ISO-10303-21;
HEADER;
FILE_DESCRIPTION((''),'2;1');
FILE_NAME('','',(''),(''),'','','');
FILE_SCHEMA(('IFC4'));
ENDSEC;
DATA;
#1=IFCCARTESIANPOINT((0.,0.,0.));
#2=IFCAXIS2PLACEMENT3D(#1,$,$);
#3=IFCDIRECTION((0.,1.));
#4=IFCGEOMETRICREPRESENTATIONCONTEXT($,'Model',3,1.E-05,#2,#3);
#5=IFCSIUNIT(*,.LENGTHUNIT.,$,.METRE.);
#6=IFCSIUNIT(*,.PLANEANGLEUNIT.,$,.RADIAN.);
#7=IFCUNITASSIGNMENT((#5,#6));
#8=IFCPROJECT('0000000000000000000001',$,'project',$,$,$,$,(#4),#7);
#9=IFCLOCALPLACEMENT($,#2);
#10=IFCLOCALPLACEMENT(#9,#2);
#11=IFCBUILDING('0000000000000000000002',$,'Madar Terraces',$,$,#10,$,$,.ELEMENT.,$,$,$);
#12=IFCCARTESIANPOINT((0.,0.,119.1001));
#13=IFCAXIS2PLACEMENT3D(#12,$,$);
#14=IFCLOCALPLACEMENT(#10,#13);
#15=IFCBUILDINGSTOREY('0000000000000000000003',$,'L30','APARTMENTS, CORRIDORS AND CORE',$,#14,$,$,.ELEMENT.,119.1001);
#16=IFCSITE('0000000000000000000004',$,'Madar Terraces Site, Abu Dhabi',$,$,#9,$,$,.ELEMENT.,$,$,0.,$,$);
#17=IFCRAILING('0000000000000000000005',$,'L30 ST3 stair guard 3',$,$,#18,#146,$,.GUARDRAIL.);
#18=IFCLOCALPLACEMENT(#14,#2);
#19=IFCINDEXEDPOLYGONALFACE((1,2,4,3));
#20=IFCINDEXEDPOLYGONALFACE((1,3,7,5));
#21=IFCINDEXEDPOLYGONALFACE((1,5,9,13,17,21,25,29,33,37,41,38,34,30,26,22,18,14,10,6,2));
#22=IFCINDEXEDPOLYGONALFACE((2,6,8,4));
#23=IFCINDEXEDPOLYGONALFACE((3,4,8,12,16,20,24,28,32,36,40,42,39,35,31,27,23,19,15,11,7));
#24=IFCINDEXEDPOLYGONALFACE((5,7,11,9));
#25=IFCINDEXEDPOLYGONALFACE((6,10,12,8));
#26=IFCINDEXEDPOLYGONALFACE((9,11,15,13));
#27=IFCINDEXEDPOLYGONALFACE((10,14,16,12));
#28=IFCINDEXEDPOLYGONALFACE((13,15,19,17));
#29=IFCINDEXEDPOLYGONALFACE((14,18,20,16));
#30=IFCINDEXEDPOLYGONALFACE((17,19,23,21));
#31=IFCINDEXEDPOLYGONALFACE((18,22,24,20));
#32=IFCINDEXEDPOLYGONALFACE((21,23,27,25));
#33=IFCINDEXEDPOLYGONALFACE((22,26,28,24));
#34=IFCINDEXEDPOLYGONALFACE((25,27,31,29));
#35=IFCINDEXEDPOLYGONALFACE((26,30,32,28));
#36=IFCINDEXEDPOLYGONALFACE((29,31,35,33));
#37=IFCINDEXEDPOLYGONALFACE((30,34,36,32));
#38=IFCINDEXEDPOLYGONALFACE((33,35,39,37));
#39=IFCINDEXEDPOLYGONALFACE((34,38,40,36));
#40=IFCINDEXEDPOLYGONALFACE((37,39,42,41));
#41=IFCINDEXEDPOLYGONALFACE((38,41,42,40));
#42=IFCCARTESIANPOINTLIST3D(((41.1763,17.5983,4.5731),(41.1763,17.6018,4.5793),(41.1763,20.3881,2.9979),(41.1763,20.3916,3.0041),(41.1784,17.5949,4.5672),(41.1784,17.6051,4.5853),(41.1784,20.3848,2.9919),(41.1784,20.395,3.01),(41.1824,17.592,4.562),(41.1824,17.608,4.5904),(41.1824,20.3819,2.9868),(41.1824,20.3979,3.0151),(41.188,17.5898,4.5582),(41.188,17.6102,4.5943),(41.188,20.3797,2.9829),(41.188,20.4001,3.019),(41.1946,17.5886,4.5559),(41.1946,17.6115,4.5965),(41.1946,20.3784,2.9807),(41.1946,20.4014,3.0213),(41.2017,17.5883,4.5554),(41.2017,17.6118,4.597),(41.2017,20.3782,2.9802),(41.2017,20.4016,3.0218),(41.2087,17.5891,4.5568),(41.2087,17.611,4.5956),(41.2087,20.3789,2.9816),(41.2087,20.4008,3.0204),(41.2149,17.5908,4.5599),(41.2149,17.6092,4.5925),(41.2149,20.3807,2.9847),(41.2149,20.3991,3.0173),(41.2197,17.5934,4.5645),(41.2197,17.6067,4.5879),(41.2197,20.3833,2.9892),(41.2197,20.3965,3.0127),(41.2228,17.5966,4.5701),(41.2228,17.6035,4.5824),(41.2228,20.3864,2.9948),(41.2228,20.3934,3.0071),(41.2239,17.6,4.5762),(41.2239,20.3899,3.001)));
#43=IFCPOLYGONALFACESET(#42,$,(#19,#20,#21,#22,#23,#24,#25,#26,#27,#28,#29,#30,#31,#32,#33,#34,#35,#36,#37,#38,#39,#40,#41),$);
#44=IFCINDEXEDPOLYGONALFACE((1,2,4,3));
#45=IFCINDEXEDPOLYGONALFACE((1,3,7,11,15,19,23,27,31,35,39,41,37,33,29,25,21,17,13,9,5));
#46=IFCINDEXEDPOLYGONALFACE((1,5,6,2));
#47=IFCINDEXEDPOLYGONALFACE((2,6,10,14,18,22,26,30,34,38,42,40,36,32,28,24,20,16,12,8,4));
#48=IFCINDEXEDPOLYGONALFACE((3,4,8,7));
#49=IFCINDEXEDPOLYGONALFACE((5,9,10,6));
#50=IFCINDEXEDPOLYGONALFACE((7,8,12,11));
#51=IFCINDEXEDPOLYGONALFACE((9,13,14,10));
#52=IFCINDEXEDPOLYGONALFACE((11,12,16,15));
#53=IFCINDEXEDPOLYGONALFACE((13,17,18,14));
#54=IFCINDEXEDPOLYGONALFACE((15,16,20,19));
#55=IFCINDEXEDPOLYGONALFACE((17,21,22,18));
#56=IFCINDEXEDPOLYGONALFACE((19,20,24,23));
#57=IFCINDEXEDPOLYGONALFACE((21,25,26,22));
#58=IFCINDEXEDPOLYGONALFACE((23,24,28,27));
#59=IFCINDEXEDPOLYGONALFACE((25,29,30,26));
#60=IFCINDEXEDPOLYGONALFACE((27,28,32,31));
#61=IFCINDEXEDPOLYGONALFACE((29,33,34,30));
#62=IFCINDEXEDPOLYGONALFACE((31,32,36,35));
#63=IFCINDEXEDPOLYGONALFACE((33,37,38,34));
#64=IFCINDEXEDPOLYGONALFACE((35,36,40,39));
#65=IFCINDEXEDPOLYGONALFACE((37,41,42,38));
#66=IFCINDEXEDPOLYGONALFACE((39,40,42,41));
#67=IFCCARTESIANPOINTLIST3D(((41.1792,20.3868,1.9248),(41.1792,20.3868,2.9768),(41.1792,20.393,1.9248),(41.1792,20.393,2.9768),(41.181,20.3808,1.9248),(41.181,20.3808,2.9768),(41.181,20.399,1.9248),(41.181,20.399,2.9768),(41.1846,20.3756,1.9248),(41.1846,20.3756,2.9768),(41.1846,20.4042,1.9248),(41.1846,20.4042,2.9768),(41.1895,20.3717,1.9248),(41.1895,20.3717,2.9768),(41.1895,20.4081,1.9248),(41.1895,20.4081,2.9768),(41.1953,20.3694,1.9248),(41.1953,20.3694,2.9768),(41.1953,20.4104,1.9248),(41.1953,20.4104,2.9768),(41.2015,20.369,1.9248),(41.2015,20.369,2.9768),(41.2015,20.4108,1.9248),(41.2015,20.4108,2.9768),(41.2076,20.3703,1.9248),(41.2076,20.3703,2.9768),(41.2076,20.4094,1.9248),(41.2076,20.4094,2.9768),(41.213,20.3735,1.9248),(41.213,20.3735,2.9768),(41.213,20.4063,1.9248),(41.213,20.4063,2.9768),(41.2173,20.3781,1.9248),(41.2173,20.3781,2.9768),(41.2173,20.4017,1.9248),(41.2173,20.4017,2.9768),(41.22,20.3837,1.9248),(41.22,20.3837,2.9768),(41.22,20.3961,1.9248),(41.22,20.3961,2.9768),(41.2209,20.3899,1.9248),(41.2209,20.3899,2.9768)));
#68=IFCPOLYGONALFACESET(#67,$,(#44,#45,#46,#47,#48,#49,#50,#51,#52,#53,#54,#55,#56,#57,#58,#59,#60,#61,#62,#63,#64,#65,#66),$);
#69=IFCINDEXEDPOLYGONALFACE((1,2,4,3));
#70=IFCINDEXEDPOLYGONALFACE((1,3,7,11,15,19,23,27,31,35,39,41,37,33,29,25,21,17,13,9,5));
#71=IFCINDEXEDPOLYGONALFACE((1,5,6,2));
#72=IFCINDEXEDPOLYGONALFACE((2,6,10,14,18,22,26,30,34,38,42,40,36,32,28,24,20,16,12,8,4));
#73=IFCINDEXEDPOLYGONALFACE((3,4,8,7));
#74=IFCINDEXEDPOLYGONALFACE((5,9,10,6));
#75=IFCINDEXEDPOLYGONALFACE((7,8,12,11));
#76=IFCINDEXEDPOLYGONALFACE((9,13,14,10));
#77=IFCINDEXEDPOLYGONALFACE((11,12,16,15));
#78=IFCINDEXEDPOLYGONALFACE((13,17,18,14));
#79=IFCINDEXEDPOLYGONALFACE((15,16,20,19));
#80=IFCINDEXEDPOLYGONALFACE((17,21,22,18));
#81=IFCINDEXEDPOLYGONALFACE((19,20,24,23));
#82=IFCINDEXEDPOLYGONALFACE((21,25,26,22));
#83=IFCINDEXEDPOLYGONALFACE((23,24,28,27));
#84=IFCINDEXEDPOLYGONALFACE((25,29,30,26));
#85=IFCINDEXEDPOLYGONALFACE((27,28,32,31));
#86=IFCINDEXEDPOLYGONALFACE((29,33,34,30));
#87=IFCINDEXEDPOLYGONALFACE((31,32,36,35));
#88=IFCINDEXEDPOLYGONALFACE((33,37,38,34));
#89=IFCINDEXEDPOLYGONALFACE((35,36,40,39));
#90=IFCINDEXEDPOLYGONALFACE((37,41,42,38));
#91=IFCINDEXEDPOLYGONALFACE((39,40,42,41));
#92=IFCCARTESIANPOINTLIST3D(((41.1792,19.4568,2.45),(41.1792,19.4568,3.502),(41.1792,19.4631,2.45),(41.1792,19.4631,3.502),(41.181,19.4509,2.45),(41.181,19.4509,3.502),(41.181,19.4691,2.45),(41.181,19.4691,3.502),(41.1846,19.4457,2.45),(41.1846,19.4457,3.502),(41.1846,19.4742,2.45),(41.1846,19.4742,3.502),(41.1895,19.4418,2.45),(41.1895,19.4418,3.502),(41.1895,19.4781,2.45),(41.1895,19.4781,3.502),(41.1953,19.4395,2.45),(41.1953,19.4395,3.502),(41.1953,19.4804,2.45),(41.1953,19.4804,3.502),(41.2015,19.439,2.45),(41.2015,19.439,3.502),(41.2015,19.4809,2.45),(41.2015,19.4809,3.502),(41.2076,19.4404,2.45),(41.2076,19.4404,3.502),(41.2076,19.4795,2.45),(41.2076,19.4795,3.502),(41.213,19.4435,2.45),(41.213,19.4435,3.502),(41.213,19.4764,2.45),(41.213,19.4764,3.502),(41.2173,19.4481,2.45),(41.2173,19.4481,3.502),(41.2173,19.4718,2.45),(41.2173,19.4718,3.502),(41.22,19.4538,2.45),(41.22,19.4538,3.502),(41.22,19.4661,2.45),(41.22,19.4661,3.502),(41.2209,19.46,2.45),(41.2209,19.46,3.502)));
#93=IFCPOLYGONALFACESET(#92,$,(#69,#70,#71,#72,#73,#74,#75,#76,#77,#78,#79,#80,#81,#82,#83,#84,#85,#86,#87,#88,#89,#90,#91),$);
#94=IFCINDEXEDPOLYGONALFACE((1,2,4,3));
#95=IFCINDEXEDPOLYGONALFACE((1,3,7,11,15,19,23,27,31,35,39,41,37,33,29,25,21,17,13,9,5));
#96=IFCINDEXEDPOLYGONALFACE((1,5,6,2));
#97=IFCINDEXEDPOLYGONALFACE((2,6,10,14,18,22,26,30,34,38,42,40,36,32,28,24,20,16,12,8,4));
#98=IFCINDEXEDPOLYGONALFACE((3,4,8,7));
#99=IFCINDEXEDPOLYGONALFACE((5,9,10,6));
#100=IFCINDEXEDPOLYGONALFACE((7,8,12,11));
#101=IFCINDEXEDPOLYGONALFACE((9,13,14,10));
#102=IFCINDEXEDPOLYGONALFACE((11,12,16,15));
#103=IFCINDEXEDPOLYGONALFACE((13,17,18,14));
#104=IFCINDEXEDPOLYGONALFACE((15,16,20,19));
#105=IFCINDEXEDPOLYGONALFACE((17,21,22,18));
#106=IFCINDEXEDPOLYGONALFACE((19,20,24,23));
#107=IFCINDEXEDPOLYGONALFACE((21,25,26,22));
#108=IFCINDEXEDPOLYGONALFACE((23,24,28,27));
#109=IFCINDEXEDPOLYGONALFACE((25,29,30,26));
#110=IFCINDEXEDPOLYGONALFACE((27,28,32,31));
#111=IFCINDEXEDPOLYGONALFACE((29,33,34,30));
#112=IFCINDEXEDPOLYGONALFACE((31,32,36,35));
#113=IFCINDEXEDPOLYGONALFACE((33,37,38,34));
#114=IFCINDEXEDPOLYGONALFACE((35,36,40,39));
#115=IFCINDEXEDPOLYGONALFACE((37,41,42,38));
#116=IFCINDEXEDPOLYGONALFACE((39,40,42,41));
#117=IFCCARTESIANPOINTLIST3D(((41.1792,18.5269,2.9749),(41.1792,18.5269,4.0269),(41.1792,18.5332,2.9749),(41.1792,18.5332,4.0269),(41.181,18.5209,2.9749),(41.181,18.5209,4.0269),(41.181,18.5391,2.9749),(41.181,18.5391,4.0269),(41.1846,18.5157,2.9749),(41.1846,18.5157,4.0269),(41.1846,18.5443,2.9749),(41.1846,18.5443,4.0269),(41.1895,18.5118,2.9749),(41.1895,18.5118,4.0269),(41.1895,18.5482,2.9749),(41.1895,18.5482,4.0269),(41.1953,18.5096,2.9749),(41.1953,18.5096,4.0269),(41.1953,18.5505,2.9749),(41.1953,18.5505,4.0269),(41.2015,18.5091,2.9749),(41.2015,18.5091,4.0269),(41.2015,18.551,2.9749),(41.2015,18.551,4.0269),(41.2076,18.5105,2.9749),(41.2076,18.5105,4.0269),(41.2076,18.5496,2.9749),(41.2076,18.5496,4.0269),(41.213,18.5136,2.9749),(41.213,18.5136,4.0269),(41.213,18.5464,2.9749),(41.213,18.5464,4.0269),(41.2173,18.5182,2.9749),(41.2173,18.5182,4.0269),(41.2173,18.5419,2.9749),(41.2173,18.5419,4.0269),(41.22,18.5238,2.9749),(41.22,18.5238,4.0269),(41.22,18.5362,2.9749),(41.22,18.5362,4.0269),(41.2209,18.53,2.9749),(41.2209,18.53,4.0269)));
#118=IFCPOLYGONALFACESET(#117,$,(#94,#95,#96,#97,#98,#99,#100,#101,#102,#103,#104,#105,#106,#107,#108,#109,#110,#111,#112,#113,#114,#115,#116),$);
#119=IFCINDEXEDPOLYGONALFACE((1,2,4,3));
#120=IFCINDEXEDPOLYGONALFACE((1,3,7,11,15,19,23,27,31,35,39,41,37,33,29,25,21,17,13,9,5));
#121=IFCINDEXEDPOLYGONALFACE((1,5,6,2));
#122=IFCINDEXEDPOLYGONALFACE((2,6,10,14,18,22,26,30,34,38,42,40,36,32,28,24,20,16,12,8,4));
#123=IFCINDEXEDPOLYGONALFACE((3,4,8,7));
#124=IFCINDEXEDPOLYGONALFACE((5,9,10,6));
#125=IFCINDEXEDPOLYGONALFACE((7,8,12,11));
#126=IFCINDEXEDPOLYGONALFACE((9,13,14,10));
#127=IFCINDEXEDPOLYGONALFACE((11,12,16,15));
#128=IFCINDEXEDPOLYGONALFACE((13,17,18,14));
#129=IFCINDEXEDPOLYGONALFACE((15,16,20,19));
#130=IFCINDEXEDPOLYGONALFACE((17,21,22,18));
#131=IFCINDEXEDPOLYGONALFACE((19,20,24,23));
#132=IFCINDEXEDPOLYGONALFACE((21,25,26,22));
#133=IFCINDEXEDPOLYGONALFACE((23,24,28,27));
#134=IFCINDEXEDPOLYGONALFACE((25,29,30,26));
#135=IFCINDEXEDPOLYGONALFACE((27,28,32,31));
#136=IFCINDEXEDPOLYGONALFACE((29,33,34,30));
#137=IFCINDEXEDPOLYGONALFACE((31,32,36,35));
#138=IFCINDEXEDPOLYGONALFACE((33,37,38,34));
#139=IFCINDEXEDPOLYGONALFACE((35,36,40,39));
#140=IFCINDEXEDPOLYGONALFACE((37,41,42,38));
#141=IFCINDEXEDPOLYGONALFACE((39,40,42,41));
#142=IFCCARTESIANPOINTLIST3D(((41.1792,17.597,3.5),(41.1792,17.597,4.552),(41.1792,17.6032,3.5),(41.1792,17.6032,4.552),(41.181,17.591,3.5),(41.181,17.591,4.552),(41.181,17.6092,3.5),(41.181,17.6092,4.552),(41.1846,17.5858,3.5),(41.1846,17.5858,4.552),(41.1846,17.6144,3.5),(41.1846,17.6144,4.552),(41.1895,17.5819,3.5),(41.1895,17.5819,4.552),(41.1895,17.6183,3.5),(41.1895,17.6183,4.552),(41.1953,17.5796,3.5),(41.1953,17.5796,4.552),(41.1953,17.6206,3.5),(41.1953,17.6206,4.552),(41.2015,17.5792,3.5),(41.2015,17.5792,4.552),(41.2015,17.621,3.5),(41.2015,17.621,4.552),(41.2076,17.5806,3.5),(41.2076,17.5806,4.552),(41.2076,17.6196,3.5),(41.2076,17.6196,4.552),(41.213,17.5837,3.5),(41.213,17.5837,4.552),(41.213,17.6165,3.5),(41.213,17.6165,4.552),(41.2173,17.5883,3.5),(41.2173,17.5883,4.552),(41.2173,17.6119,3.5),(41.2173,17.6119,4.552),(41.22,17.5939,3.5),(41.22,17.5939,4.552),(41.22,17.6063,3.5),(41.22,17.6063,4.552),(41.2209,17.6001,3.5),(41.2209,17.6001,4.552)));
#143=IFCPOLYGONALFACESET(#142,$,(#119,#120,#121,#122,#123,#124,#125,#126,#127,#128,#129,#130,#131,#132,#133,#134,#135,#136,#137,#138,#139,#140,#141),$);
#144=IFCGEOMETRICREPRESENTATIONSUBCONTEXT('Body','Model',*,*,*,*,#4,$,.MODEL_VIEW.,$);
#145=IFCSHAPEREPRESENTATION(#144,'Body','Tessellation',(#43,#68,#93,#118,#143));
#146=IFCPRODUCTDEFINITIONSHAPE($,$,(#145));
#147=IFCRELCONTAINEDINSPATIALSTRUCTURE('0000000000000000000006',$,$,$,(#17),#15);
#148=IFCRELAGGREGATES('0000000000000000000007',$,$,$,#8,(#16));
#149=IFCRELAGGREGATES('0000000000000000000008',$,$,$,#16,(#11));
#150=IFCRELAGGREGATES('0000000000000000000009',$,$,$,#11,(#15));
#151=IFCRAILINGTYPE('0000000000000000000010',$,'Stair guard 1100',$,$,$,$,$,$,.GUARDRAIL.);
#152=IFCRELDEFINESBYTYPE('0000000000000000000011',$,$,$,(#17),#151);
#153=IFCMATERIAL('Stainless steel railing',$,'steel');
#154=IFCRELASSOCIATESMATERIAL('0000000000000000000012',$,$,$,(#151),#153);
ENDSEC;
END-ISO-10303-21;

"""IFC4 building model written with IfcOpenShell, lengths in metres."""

from ifc_helpers import new_model, si_unit, direction, frame, origin, origin_2d, place, context, subcontext, project, spatial, circle, extrude, material, type_object, element, save


model = new_model("IFC4")

# Units and contexts
model_context = context("Model", 3, precision=1e-05, world=origin(), true_north=direction((0.0, 1.0)))
body_context = subcontext(model_context, "Body", "Model", "MODEL_VIEW")
ifc_project = project(units=[si_unit("LENGTHUNIT", "METRE"), si_unit("PLANEANGLEUNIT", "RADIAN")], contexts=[model_context])

# Site, building, storey
site_placement = place(None, origin())
site = spatial("IfcSite", under=ifc_project, at=site_placement, Name="Madar Terraces Site, Abu Dhabi", CompositionType="ELEMENT", RefElevation=0.0)
building_placement = place(site_placement, origin())
building = spatial("IfcBuilding", under=site, at=building_placement, Name="Madar Terraces", CompositionType="ELEMENT")
storey_placement = place(building_placement, frame((0.0, 0.0, 119.1001)))
storey = spatial("IfcBuildingStorey", under=building, at=storey_placement, Name="L30", Description="APARTMENTS, CORRIDORS AND CORE", CompositionType="ELEMENT", Elevation=119.1001)

# Railing
ifc_material_1 = material(Name="Stainless steel railing", Category="steel")
railing_type_1 = type_object("IfcRailingType", Name="Stair guard 1100", PredefinedType="GUARDRAIL", material=ifc_material_1)
railing_1_placement = place(storey_placement, frame((41.2, 20.3899, 1.9248)))
element("IfcRailing", 1, at=railing_1_placement, inside=storey, type_object=railing_type_1, Name="L30 ST3 stair guard 3", PredefinedType="GUARDRAIL", context=body_context, shape_type="SweptSolid", body=[
    extrude(circle(Radius=0.0239, at=origin_2d()), frame((0.0, 0.0, 1.0762), z_axis=(0.0, -0.870783, 0.491668), x_axis=(1.0, 0.0, 0.0)), (0.0, 0.0, 1.0), 3.2039),
    extrude(circle(Radius=0.021, at=origin_2d()), origin(), (0.0, 0.0, 1.0), 1.052),
    extrude(circle(Radius=0.021, at=origin_2d()), frame((0.0, -0.9299, 0.5251)), (0.0, 0.0, 1.0), 1.052),
    extrude(circle(Radius=0.021, at=origin_2d()), frame((0.0, -1.8599, 1.05)), (0.0, 0.0, 1.0), 1.052),
    extrude(circle(Radius=0.021, at=origin_2d()), frame((0.0, -2.7898, 1.5752)), (0.0, 0.0, 1.0), 1.052),
])

save(model, "model.ifc")
